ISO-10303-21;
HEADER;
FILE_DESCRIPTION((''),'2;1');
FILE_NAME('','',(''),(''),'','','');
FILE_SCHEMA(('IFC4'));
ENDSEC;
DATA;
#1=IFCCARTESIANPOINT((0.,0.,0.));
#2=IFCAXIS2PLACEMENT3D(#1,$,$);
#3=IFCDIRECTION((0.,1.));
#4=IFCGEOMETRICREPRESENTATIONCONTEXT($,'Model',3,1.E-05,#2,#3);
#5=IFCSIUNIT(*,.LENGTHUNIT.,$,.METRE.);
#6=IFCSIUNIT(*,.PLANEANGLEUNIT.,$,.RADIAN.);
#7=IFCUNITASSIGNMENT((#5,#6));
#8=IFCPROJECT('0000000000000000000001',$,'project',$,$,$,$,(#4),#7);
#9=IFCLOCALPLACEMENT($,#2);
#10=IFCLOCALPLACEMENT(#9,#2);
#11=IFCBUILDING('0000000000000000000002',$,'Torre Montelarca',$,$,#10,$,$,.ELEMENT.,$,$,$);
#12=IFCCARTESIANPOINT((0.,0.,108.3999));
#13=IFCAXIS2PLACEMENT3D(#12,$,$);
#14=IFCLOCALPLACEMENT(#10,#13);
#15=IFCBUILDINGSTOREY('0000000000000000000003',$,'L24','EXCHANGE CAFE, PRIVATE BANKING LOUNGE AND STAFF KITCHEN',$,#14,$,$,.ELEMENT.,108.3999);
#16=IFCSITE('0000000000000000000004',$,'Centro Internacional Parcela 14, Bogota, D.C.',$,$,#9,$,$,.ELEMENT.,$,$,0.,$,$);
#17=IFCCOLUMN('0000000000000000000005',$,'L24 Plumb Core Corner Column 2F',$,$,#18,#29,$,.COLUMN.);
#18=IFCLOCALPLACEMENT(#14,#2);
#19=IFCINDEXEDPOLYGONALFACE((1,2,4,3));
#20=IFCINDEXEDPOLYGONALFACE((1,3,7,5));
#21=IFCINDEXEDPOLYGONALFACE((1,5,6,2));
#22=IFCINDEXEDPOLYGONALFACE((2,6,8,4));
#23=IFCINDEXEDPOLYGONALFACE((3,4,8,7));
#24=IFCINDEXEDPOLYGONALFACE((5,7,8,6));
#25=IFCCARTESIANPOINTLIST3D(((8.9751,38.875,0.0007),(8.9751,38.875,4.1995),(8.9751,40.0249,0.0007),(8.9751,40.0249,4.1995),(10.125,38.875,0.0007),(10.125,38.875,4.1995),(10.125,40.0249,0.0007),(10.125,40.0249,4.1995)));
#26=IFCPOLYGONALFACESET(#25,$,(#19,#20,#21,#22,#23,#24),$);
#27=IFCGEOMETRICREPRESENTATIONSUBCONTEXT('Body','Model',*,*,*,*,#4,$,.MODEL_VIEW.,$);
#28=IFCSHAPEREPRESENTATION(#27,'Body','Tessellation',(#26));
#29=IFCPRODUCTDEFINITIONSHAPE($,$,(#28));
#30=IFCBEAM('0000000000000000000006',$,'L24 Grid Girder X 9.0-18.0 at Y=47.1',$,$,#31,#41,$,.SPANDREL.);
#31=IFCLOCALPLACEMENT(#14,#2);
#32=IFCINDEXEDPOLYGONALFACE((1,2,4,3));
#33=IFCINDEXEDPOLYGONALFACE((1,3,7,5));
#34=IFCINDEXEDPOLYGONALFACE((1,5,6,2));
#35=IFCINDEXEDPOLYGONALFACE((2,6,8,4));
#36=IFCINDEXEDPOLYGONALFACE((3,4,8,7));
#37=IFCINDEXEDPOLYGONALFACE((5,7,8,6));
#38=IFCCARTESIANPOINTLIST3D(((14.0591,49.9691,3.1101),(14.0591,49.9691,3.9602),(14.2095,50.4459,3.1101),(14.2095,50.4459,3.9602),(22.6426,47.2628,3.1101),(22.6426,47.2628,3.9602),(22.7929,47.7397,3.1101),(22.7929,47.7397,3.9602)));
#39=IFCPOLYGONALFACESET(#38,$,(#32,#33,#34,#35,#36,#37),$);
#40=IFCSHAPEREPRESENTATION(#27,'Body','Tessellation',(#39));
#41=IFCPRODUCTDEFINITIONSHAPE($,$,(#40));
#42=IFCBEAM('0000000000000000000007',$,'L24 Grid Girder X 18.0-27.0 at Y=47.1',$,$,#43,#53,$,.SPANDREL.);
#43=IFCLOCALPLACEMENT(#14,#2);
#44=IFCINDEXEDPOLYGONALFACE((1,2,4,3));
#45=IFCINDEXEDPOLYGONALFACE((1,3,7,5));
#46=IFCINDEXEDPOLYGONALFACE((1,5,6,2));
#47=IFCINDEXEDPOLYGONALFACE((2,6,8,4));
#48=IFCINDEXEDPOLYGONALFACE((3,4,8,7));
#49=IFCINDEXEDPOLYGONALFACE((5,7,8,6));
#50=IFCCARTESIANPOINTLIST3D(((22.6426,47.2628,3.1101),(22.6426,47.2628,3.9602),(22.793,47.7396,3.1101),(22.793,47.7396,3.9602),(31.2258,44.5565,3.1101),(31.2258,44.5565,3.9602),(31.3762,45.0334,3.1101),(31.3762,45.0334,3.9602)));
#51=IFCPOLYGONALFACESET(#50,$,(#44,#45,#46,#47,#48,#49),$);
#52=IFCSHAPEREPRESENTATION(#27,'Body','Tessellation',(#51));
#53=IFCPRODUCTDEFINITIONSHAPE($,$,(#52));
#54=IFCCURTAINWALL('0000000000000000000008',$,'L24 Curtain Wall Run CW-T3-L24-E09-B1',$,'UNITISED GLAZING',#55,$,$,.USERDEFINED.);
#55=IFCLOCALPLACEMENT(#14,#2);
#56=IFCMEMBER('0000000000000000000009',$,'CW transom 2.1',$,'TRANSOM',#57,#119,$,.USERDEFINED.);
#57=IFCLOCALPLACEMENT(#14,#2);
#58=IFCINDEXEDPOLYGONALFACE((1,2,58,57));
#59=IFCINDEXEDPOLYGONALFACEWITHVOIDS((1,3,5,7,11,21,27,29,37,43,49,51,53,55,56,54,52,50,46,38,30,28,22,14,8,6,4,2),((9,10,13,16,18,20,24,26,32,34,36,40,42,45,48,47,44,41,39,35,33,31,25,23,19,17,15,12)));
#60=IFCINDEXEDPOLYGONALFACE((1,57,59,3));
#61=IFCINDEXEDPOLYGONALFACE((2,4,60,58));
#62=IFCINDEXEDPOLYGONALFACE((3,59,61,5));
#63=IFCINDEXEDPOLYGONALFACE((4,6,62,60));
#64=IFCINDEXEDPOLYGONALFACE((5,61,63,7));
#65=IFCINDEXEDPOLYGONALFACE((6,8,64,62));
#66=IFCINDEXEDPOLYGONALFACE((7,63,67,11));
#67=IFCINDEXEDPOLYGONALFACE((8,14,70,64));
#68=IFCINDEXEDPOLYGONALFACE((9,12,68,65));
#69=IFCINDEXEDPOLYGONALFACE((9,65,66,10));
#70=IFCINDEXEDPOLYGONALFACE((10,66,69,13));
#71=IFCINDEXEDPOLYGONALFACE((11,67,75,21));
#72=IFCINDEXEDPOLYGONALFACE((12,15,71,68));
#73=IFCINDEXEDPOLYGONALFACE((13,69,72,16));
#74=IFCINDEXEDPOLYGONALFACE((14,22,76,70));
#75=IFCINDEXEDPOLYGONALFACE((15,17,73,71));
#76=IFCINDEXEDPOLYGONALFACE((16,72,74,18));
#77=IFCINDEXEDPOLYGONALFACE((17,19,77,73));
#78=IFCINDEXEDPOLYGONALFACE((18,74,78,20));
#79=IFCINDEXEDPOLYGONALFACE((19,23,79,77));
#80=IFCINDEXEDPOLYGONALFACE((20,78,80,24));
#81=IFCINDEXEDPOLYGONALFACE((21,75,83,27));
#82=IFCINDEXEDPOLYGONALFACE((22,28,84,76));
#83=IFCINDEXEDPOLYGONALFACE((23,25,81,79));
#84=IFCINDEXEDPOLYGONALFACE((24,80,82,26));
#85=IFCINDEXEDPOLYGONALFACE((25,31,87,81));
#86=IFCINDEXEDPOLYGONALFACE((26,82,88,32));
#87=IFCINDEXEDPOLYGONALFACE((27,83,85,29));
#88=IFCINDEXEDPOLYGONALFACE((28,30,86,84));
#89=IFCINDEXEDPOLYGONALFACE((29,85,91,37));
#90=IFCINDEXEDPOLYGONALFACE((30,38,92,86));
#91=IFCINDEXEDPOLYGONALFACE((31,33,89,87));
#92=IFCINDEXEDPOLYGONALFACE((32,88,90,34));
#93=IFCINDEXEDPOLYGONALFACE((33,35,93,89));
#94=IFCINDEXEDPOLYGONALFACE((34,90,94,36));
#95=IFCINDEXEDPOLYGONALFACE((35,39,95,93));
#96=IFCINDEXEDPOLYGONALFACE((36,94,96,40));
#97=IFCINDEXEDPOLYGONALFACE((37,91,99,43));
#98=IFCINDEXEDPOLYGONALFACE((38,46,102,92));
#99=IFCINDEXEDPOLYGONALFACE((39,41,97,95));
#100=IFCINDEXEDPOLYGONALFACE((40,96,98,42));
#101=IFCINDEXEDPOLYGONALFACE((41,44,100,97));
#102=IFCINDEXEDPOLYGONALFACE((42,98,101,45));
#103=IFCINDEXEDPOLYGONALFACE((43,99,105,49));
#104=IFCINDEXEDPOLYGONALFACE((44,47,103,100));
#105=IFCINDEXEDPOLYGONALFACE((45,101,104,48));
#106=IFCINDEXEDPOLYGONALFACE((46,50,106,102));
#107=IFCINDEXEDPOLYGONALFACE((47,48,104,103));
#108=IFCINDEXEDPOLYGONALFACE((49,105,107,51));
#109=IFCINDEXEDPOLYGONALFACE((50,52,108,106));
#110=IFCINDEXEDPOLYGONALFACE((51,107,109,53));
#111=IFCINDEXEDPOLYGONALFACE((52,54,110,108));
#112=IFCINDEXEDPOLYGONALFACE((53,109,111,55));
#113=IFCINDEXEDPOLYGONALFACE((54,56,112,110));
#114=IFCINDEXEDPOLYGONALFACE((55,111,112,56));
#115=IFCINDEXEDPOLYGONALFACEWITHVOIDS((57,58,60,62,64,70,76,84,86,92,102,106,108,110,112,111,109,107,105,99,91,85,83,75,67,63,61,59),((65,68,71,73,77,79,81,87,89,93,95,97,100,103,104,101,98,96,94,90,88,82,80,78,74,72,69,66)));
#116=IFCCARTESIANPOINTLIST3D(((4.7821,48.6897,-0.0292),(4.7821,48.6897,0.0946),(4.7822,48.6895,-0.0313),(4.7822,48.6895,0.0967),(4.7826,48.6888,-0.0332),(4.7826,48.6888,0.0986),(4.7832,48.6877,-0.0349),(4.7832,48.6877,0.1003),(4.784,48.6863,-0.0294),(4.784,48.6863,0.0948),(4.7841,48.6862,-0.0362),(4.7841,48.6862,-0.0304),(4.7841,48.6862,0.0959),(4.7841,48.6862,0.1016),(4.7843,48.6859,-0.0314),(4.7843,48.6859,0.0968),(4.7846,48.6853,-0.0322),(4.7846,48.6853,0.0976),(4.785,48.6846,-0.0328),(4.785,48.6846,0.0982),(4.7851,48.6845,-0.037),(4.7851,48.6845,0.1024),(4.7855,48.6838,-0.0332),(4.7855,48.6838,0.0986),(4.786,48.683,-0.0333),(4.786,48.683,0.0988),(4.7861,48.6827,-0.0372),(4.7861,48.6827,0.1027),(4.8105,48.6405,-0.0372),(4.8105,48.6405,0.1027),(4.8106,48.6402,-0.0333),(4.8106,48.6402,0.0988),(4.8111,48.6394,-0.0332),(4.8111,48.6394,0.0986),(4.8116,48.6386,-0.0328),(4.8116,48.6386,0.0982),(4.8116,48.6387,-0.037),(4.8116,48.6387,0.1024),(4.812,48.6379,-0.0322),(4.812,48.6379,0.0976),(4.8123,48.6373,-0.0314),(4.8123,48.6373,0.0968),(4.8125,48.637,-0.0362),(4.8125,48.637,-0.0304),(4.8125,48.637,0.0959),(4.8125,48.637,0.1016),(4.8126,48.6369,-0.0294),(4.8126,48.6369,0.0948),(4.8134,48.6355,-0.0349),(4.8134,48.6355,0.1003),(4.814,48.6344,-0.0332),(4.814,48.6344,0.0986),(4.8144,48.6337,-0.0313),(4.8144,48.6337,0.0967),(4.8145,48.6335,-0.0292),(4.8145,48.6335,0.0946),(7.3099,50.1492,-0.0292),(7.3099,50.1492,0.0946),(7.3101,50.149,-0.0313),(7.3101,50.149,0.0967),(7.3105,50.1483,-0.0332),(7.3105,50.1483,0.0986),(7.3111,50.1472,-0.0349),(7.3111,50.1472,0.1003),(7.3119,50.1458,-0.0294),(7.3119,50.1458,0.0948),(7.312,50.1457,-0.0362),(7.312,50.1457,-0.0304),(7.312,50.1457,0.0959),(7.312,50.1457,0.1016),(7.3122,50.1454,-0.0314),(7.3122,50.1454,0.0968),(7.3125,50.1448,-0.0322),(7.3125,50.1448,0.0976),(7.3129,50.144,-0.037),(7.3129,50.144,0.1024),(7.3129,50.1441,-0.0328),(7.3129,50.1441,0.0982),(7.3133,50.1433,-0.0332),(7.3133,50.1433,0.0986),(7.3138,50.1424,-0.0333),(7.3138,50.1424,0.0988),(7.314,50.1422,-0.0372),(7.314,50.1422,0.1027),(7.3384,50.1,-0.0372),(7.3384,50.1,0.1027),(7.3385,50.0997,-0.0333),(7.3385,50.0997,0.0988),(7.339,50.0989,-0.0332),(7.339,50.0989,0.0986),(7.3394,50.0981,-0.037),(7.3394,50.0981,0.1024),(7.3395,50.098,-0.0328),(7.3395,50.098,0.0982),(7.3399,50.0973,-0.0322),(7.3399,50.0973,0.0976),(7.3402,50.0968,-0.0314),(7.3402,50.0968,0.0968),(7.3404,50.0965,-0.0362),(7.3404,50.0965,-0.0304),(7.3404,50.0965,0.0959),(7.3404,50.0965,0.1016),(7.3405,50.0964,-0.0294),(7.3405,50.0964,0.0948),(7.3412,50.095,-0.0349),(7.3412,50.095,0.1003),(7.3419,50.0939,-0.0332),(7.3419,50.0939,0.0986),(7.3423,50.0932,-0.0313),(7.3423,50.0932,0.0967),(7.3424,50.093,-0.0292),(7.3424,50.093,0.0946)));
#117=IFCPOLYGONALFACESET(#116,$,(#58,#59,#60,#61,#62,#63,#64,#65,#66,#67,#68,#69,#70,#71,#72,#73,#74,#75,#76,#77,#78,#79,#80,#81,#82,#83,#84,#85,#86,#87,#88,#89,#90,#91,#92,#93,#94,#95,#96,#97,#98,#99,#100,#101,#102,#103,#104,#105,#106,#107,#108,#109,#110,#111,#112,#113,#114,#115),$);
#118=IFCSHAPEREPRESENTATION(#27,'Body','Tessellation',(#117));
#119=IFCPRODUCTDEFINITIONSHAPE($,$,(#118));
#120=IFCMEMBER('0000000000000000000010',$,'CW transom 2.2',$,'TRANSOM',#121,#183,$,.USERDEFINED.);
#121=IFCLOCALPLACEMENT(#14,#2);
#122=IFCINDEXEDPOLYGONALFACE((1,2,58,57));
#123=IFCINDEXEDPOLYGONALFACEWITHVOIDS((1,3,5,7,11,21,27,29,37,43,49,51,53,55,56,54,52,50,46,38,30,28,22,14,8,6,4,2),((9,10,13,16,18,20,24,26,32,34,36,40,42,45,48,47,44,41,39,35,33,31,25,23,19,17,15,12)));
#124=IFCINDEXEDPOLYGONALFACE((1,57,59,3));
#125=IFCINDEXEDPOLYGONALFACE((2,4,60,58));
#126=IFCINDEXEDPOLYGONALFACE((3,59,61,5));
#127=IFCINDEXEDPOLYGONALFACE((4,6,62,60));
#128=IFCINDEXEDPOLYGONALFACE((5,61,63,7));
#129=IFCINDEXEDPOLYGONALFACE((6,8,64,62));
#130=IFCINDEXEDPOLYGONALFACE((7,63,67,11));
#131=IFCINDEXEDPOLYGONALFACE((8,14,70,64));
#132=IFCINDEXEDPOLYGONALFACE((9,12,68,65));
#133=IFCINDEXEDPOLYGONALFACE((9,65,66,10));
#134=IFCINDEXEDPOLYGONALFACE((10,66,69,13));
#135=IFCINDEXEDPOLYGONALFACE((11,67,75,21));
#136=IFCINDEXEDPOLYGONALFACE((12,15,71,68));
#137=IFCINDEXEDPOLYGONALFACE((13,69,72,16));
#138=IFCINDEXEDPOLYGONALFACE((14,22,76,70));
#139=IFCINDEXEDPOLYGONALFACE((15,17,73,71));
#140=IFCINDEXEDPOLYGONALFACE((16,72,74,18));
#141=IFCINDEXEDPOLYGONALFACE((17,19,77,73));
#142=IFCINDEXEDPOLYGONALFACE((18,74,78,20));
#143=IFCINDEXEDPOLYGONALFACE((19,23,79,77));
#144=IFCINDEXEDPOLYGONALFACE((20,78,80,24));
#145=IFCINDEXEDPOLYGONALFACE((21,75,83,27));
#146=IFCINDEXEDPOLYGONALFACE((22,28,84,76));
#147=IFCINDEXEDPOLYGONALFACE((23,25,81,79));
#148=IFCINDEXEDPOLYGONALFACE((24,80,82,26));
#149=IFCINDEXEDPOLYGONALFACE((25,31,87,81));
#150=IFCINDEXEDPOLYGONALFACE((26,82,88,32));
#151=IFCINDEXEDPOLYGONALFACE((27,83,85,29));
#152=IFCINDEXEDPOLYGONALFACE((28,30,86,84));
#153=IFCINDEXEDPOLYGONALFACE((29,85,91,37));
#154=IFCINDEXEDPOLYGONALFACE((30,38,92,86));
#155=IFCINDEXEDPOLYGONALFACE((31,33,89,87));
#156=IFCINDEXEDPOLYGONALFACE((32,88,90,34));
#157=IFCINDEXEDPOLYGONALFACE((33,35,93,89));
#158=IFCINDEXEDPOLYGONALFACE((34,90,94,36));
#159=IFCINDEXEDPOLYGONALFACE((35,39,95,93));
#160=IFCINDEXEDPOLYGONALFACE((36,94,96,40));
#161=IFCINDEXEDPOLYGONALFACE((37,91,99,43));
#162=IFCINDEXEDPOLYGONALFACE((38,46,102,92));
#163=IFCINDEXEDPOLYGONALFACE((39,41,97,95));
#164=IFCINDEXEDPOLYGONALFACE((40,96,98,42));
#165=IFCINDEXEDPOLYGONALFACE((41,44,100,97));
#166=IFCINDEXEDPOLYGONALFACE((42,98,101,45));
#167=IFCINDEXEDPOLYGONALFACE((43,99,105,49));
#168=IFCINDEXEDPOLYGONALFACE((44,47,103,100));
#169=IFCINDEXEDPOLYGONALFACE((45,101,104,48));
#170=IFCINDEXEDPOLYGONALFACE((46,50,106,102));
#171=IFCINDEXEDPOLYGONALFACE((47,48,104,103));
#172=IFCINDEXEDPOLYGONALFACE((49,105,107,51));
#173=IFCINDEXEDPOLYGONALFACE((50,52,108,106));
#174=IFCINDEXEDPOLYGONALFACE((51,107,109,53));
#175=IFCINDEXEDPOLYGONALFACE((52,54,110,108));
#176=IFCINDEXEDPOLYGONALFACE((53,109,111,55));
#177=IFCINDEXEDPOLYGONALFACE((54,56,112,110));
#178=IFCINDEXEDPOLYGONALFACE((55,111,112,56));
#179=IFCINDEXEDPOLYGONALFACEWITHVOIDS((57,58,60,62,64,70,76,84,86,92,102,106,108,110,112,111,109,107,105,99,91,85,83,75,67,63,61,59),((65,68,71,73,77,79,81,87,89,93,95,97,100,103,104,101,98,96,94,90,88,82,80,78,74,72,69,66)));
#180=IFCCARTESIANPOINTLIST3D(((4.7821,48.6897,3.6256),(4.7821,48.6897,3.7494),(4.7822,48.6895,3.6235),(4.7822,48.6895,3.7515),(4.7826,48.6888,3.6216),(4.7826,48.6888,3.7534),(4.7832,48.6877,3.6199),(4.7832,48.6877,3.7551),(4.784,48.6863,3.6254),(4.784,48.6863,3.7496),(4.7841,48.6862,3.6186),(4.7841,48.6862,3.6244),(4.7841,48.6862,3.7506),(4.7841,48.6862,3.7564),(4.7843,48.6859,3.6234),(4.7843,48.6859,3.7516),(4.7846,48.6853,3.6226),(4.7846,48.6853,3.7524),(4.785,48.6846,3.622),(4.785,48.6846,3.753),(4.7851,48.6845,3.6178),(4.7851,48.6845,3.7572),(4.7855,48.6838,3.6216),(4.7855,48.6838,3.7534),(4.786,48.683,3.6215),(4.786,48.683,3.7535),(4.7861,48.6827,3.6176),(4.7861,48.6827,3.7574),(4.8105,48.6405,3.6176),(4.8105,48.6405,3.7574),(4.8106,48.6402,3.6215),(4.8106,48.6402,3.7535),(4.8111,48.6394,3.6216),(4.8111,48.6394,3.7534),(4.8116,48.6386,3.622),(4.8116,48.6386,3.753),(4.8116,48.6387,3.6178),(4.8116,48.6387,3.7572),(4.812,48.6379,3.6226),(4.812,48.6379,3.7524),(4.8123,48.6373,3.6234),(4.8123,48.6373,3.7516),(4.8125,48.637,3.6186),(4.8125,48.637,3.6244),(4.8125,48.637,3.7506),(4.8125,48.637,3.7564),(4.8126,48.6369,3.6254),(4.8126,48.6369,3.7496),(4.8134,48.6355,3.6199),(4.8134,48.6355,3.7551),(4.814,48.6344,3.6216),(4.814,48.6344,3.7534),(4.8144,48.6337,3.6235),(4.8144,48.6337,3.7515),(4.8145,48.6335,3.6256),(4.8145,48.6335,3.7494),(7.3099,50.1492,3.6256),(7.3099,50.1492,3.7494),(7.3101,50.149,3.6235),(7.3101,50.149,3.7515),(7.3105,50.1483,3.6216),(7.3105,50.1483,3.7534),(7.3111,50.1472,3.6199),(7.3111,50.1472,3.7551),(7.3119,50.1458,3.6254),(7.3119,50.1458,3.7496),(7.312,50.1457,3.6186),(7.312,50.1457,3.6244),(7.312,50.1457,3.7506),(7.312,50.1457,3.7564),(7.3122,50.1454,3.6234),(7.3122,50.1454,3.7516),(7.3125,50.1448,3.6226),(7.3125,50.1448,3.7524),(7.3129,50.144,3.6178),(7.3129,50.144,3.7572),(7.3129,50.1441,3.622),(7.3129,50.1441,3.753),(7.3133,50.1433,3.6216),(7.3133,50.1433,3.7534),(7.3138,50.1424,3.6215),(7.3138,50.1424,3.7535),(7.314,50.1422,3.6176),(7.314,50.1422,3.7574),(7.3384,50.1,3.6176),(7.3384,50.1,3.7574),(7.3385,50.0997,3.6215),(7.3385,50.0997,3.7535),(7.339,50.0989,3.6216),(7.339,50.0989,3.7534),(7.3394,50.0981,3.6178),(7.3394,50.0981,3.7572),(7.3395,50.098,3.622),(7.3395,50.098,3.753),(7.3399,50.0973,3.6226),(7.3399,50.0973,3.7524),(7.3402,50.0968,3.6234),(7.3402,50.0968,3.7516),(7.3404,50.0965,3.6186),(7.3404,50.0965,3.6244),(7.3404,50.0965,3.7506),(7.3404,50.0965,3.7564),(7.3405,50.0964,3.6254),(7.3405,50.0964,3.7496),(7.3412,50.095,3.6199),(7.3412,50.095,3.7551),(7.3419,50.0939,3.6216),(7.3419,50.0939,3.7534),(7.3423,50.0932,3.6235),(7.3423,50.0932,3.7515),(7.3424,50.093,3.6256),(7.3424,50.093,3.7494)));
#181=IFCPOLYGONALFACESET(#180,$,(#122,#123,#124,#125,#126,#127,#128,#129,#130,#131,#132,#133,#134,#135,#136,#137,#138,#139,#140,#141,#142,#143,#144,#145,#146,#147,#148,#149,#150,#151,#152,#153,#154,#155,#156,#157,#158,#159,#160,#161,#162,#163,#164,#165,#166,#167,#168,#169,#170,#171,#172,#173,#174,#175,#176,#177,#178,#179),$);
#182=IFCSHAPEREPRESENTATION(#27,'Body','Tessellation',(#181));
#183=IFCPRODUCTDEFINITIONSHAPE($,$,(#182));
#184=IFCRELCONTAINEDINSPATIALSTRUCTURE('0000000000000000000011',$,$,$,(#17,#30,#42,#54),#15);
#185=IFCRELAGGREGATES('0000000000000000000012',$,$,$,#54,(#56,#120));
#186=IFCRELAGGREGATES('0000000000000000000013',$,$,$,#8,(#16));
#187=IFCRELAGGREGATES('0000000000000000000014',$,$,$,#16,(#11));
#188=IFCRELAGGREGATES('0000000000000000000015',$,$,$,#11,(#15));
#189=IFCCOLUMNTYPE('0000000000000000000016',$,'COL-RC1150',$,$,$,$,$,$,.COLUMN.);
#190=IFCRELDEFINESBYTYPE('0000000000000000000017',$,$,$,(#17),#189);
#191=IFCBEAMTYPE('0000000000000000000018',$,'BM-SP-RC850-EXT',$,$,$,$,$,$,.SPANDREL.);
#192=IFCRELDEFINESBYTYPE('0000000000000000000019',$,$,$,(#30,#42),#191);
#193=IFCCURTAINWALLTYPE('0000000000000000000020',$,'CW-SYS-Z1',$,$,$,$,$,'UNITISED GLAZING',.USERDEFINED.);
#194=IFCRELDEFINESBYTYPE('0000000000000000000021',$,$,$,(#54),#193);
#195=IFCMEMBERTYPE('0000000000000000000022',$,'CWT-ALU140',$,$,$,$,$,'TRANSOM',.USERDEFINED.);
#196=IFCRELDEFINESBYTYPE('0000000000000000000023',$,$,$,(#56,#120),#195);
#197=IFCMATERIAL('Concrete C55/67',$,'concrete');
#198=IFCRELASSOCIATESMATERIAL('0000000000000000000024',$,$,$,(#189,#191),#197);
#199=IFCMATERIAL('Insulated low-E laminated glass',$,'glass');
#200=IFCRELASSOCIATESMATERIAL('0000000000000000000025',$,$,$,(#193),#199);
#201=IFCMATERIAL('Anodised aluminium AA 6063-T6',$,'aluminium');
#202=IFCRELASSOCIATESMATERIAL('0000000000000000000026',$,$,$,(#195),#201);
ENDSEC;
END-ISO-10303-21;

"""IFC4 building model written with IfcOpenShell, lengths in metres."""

from ifc_helpers import new_model, si_unit, direction, frame, origin, origin_2d, place, context, subcontext, project, spatial, rectangle, hollow_rectangle, extrude, source, transform, mapped, material, material_profile, profile_set, type_object, element, aggregate, save


model = new_model("IFC4")

# Units and contexts
model_context = context("Model", 3, precision=1e-05, world=origin(), true_north=direction((0.0, 1.0)))
body_context = subcontext(model_context, "Body", "Model", "MODEL_VIEW")
ifc_project = project(units=[si_unit("LENGTHUNIT", "METRE"), si_unit("PLANEANGLEUNIT", "RADIAN")], contexts=[model_context])

# Site, building, storey
site_placement = place(None, origin())
site = spatial("IfcSite", under=ifc_project, at=site_placement, Name="Centro Internacional Parcela 14, Bogota, D.C.", CompositionType="ELEMENT", RefElevation=0.0)
building_placement = place(site_placement, origin())
building = spatial("IfcBuilding", under=site, at=building_placement, Name="Torre Montelarca", CompositionType="ELEMENT")
storey_placement = place(building_placement, frame((0.0, 0.0, 108.3999)))
storey = spatial("IfcBuildingStorey", under=building, at=storey_placement, Name="L24", Description="EXCHANGE CAFE, PRIVATE BANKING LOUNGE AND STAFF KITCHEN", CompositionType="ELEMENT", Elevation=108.3999)

# Column
ifc_material_1 = material(Name="Concrete C55/67", Category="concrete")
ifc_material_profile_1 = material_profile(ifc_material_1, rectangle(XDim=1.1499, YDim=1.1499, at=origin_2d()), Name="RC1150X1150", Category="concrete")
ifc_profile_set_1 = profile_set([ifc_material_profile_1], Name="Concrete C55/67")
column_type_1 = type_object("IfcColumnType", Name="COL-RC1150", PredefinedType="COLUMN", material=ifc_profile_set_1)
shared_shape_1 = source(origin(), body_context, "Body", "SweptSolid", [
    extrude(rectangle(XDim=1.1499, YDim=1.1499, at=origin_2d()), origin(), (0.0, 0.0, 1.0), 4.1987),
])
column_1_placement = place(storey_placement, frame((9.55, 39.45, 0.0007), z_axis=(0.0, 0.0, 1.0), x_axis=(1.0, 0.0, 0.0)))
element("IfcColumn", 1, at=column_1_placement, inside=storey, type_object=column_type_1, Name="L24 Plumb Core Corner Column 2F", PredefinedType="COLUMN", context=body_context, shape_type="MappedRepresentation", body=[
    mapped(shared_shape_1, transform((0.0, 0.0, 0.0), scale=1.0)),
])

# Beams
ifc_material_profile_2 = material_profile(ifc_material_1, rectangle(XDim=0.5, YDim=0.8501, at=origin_2d()), Name="RCB500X850", Category="concrete")
ifc_profile_set_2 = profile_set([ifc_material_profile_2], Name="Concrete C55/67")
beam_type = type_object("IfcBeamType", Name="BM-SP-RC850-EXT", PredefinedType="SPANDREL", material=ifc_profile_set_2)
shared_shape_2 = source(origin(), body_context, "Body", "SweptSolid", [
    extrude(rectangle(XDim=0.5, YDim=0.8501, at=origin_2d()), origin(), (0.0, 0.0, 1.0), 9.0),
])
beam_1_placement = place(storey_placement, frame((14.1343, 50.2075, 3.5352), z_axis=(0.953719, -0.300699, 0.0), x_axis=(0.300699, 0.953719, 0.0)))
element("IfcBeam", 2, at=beam_1_placement, inside=storey, type_object=beam_type, Name="L24 Grid Girder X 9.0-18.0 at Y=47.1", PredefinedType="SPANDREL", context=body_context, shape_type="MappedRepresentation", body=[
    mapped(shared_shape_2, transform((0.0, 0.0, 0.0), scale=1.0)),
])
shared_shape_3 = source(origin(), body_context, "Body", "SweptSolid", [
    extrude(rectangle(XDim=0.5, YDim=0.8501, at=origin_2d()), origin(), (0.0, 0.0, 1.0), 8.9998),
])
beam_2_placement = place(storey_placement, frame((22.7178, 47.5012, 3.5352), z_axis=(0.953717, -0.300707, 0.0), x_axis=(0.300707, 0.953717, 0.0)))
element("IfcBeam", 3, at=beam_2_placement, inside=storey, type_object=beam_type, Name="L24 Grid Girder X 18.0-27.0 at Y=47.1", PredefinedType="SPANDREL", context=body_context, shape_type="MappedRepresentation", body=[
    mapped(shared_shape_3, transform((0.0, 0.0, 0.0), scale=1.0)),
])

# Curtain wall, members
ifc_material_2 = material(Name="Insulated low-E laminated glass", Category="glass")
curtain_wall_type = type_object("IfcCurtainWallType", Name="CW-SYS-Z1", ElementType="UNITISED GLAZING", PredefinedType="USERDEFINED", material=ifc_material_2)
curtain_wall_1_placement = place(storey_placement, origin())
curtain_wall_1 = element("IfcCurtainWall", 4, at=curtain_wall_1_placement, inside=storey, type_object=curtain_wall_type, Name="L24 Curtain Wall Run CW-T3-L24-E09-B1", ObjectType="UNITISED GLAZING", PredefinedType="USERDEFINED")
ifc_material_3 = material(Name="Anodised aluminium AA 6063-T6", Category="aluminium")
ifc_material_profile_3 = material_profile(ifc_material_3, hollow_rectangle(XDim=0.0649, YDim=0.1399, WallThickness=0.0039, InnerFilletRadius=0.0039, OuterFilletRadius=0.0081, at=origin_2d()), Name="ALU65X140X4", Category="aluminium")
ifc_profile_set_3 = profile_set([ifc_material_profile_3], Name="Anodised aluminium AA 6063-T6")
member_type_1 = type_object("IfcMemberType", Name="CWT-ALU140", ElementType="TRANSOM", PredefinedType="USERDEFINED", material=ifc_profile_set_3)
shared_shape_4 = source(origin(), body_context, "Body", "SweptSolid", [
    extrude(hollow_rectangle(XDim=0.0649, YDim=0.1399, WallThickness=0.0039, InnerFilletRadius=0.0039, OuterFilletRadius=0.0081, at=origin_2d()), origin(), (0.0, 0.0, 1.0), 2.9189),
])
member_1_placement = place(storey_placement, frame((7.3262, 50.1211, 0.0327), z_axis=(-0.866021, -0.500007, 0.0), x_axis=(0.500007, -0.866021, 0.0)))
member_1 = element("IfcMember", 5, at=member_1_placement, type_object=member_type_1, Name="CW transom 2.1", ObjectType="TRANSOM", PredefinedType="USERDEFINED", context=body_context, shape_type="MappedRepresentation", body=[
    mapped(shared_shape_4, transform((0.0, 0.0, 0.0), scale=1.0)),
])
member_2_placement = place(storey_placement, frame((7.3262, 50.1211, 3.6875), z_axis=(-0.866021, -0.500007, 0.0), x_axis=(0.500007, -0.866021, 0.0)))
member_2 = element("IfcMember", 6, at=member_2_placement, type_object=member_type_1, Name="CW transom 2.2", ObjectType="TRANSOM", PredefinedType="USERDEFINED", context=body_context, shape_type="MappedRepresentation", body=[
    mapped(shared_shape_4, transform((0.0, 0.0, 0.0), scale=1.0)),
])

aggregate(curtain_wall_1, [member_1, member_2])

save(model, "model.ifc")
